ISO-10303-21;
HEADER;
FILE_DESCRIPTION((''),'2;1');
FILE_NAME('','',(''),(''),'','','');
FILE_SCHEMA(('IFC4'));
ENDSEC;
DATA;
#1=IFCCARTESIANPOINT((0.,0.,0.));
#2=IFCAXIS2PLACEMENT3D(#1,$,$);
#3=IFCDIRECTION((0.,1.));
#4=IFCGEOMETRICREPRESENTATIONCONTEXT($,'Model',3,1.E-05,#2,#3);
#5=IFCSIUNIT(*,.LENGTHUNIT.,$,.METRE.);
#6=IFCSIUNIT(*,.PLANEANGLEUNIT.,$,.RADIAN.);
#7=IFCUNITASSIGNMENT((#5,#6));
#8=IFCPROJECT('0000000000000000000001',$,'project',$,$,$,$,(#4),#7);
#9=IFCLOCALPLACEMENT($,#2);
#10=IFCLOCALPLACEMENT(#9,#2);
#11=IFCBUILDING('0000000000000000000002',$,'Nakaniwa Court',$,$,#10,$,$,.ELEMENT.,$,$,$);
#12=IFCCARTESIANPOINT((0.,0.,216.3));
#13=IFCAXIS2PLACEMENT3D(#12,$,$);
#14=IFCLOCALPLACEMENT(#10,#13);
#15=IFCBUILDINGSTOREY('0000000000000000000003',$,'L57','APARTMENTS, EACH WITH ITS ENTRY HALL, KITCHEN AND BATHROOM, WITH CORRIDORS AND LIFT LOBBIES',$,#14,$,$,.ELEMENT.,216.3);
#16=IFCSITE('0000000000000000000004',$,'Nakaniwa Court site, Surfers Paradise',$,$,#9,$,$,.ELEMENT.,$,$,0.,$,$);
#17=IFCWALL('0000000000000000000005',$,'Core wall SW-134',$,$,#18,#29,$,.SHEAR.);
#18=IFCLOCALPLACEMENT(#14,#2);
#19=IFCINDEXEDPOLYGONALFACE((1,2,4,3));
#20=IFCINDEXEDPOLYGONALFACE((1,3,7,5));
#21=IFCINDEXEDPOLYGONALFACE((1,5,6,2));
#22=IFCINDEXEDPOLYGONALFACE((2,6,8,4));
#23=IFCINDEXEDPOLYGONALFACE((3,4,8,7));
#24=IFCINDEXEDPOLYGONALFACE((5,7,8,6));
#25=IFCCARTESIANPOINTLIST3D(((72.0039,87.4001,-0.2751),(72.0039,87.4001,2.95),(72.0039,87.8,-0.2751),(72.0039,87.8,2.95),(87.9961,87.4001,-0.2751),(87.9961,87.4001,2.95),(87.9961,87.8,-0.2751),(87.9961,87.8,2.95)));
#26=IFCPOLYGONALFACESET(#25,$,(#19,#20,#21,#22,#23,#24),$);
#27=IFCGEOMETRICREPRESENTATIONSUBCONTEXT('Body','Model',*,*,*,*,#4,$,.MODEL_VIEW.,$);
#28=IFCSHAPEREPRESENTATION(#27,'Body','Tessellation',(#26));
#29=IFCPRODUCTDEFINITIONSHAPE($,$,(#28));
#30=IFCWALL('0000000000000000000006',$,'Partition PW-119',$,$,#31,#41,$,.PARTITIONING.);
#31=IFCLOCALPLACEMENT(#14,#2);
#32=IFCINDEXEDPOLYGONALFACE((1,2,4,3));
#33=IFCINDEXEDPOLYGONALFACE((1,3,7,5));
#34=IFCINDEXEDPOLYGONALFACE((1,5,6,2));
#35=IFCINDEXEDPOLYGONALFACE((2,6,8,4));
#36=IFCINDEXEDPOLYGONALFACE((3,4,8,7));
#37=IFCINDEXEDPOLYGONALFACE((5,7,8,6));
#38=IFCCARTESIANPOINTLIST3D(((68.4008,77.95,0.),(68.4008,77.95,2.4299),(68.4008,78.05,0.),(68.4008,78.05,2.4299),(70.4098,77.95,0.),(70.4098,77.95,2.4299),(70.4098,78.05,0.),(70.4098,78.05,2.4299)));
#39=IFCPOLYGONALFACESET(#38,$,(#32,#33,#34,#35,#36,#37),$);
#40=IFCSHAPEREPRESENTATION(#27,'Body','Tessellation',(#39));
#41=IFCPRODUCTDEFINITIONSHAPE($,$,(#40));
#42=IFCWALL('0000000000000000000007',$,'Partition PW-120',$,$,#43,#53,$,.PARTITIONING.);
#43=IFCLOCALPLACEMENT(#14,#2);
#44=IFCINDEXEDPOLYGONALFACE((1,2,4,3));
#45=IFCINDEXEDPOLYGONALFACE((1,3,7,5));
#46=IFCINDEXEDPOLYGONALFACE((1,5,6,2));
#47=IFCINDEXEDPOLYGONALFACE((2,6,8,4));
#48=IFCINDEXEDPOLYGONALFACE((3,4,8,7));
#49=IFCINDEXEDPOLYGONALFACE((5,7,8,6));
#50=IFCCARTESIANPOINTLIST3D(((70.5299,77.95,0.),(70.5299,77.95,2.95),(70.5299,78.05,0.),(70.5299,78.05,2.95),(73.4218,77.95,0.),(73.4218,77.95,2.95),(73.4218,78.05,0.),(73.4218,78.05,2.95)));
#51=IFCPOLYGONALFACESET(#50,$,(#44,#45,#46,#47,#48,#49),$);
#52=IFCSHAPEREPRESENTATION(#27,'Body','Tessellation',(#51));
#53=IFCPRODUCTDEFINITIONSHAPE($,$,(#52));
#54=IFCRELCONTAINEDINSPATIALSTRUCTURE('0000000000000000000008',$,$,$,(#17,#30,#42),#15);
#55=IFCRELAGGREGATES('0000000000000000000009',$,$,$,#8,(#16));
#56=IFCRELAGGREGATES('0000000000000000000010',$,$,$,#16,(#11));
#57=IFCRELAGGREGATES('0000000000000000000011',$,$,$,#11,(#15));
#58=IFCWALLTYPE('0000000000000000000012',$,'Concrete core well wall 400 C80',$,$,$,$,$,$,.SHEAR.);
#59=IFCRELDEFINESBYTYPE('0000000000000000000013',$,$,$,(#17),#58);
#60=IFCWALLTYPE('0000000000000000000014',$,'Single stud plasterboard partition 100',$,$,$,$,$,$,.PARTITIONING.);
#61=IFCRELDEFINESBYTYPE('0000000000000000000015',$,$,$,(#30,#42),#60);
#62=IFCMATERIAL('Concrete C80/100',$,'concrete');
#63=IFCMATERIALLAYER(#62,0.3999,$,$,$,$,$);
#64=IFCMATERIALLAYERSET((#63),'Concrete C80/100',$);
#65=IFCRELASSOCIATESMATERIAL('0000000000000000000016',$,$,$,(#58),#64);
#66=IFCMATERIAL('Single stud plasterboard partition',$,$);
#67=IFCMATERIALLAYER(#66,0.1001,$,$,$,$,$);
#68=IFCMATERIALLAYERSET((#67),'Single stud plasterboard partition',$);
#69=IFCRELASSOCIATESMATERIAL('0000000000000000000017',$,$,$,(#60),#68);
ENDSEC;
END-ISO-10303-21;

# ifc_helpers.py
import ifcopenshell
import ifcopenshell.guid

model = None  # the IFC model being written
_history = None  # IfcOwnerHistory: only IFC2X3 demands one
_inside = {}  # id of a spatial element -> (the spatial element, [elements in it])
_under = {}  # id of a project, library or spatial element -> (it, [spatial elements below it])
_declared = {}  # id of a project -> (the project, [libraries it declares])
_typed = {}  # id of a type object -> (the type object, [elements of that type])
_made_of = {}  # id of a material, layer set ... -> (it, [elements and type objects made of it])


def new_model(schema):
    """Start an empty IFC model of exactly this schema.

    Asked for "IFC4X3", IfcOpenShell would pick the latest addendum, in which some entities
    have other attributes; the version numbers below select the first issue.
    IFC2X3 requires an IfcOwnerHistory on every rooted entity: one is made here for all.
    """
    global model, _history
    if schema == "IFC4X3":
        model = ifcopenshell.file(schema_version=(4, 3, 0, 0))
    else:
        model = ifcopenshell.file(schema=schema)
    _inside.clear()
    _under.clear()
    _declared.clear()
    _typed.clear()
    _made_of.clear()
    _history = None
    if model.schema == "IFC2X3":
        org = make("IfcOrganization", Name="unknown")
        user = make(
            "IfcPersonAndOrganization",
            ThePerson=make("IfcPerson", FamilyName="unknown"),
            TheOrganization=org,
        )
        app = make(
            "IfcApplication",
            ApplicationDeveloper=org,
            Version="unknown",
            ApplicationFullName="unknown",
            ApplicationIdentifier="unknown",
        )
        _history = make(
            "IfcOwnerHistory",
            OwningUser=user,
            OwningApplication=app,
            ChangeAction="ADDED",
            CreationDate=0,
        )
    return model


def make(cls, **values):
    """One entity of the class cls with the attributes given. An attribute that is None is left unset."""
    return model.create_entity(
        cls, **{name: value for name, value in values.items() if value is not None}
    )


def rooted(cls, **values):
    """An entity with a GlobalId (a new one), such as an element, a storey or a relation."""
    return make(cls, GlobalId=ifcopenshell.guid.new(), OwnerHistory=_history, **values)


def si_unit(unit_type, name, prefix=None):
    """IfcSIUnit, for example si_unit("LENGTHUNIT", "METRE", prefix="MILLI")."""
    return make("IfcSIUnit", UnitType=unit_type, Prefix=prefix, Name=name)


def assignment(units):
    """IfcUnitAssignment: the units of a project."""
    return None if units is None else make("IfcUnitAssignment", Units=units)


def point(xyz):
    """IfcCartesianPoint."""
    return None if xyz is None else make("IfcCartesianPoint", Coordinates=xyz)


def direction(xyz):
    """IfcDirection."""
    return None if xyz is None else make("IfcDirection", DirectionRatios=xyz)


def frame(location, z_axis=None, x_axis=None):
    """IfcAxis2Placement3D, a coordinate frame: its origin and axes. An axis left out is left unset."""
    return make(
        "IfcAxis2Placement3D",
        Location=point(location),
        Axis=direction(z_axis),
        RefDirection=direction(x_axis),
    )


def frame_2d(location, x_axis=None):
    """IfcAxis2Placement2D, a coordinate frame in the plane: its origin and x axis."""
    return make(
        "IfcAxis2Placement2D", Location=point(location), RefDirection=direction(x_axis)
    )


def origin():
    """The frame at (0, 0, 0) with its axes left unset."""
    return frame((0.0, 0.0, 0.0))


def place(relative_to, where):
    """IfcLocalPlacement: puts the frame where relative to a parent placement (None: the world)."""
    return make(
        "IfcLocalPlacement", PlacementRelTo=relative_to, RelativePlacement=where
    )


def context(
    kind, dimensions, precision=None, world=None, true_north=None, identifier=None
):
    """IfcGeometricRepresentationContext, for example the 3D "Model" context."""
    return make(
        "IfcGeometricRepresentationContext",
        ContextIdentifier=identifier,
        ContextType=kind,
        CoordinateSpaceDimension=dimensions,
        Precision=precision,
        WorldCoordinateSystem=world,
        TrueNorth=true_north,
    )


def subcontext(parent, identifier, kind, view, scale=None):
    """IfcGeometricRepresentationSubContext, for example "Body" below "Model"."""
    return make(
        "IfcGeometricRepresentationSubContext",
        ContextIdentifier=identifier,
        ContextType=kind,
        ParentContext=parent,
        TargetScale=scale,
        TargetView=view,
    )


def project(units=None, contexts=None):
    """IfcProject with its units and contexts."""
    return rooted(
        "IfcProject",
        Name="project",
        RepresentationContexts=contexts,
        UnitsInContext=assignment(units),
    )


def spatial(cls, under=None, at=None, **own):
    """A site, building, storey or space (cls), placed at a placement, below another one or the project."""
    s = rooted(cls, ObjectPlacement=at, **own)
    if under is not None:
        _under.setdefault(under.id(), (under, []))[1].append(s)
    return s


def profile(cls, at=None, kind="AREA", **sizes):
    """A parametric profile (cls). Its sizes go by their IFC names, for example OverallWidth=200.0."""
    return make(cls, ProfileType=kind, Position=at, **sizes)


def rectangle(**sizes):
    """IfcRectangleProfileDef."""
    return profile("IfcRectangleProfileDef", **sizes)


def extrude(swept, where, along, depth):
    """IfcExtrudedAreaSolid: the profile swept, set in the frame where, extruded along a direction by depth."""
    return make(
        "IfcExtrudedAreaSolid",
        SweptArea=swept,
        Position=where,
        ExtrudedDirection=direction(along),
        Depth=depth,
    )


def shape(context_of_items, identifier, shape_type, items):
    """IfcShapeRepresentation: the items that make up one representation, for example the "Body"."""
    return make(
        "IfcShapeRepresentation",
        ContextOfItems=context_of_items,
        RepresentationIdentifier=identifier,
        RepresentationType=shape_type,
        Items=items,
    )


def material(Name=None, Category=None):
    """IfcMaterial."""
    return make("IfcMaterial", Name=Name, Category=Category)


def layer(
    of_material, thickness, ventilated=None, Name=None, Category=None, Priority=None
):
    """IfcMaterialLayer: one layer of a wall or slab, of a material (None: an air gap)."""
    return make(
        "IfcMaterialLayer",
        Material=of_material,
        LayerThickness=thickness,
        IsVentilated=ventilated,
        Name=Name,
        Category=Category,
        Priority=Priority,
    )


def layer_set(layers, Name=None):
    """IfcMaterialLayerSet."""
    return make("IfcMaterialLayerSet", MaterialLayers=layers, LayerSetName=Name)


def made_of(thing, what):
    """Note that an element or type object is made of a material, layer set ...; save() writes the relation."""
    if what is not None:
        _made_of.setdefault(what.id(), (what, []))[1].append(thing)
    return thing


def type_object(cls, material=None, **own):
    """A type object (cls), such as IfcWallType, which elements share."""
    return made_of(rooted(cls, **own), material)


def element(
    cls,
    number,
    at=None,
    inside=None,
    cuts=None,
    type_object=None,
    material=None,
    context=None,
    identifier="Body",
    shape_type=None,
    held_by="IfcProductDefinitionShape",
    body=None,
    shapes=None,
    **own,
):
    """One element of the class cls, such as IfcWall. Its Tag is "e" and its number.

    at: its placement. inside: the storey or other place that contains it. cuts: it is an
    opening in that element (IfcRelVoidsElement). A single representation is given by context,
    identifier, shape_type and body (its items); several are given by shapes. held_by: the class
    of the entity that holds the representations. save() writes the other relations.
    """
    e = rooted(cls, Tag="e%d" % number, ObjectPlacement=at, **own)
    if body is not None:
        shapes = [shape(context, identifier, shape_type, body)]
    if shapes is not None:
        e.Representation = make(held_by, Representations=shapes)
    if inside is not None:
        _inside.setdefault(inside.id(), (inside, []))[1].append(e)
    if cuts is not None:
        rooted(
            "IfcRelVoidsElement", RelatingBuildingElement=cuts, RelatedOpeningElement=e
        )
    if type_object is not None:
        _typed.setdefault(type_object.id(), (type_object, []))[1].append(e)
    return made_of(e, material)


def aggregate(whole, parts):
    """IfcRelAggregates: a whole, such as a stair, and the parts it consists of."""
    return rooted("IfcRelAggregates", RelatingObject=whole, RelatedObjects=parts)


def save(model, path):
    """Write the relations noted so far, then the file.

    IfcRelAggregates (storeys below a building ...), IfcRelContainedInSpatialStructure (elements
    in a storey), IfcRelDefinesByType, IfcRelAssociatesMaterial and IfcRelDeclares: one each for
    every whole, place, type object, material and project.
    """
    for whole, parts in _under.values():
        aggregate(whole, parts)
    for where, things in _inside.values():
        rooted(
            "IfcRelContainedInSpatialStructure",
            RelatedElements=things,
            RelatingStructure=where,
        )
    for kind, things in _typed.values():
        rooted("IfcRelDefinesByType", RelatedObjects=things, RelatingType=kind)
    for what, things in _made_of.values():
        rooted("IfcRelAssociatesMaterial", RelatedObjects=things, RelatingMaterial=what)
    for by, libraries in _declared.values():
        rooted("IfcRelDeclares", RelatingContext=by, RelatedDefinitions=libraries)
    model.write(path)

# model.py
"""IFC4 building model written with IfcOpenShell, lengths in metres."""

from ifc_helpers import new_model, si_unit, direction, frame, frame_2d, origin, place, context, subcontext, project, spatial, rectangle, extrude, material, layer, layer_set, type_object, element, save


model = new_model("IFC4")

# Units and contexts
model_context = context("Model", 3, precision=1e-05, world=origin(), true_north=direction((0.0, 1.0)))
body_context = subcontext(model_context, "Body", "Model", "MODEL_VIEW")
ifc_project = project(units=[si_unit("LENGTHUNIT", "METRE"), si_unit("PLANEANGLEUNIT", "RADIAN")], contexts=[model_context])

# Site, building, storey
site_placement = place(None, origin())
site = spatial("IfcSite", under=ifc_project, at=site_placement, Name="Nakaniwa Court site, Surfers Paradise", CompositionType="ELEMENT", RefElevation=0.0)
building_placement = place(site_placement, origin())
building = spatial("IfcBuilding", under=site, at=building_placement, Name="Nakaniwa Court", CompositionType="ELEMENT")
storey_placement = place(building_placement, frame((0.0, 0.0, 216.3)))
storey = spatial("IfcBuildingStorey", under=building, at=storey_placement, Name="L57", Description="APARTMENTS, EACH WITH ITS ENTRY HALL, KITCHEN AND BATHROOM, WITH CORRIDORS AND LIFT LOBBIES", CompositionType="ELEMENT", Elevation=216.3)

# Shared definitions
ifc_material_1 = material(Name="Concrete C80/100", Category="concrete")

# Walls
ifc_layer_1 = layer(ifc_material_1, 0.3999)
ifc_layer_set_1 = layer_set([ifc_layer_1], Name="Concrete C80/100")
wall_type_1 = type_object("IfcWallType", Name="Concrete core well wall 400 C80", PredefinedType="SHEAR", material=ifc_layer_set_1)
wall_1_placement = place(storey_placement, frame((72.0039, 87.6001, -0.2751), z_axis=(0.0, 0.0, 1.0), x_axis=(1.0, 0.0, 0.0)))
element("IfcWall", 1, at=wall_1_placement, inside=storey, type_object=wall_type_1, Name="Core wall SW-134", PredefinedType="SHEAR", context=body_context, shape_type="SweptSolid", body=[
    extrude(rectangle(XDim=15.9922, YDim=0.3999, at=frame_2d((7.9961, 0.0))), origin(), (0.0, 0.0, 1.0), 3.2251),
])
ifc_material_2 = material(Name="Single stud plasterboard partition")
ifc_layer_2 = layer(ifc_material_2, 0.1001)
ifc_layer_set_2 = layer_set([ifc_layer_2], Name="Single stud plasterboard partition")
wall_type_2 = type_object("IfcWallType", Name="Single stud plasterboard partition 100", PredefinedType="PARTITIONING", material=ifc_layer_set_2)
wall_2_placement = place(storey_placement, frame((68.4009, 78.0, 0.0), z_axis=(0.0, 0.0, 1.0), x_axis=(1.0, 0.0, 0.0)))
element("IfcWall", 2, at=wall_2_placement, inside=storey, type_object=wall_type_2, Name="Partition PW-119", PredefinedType="PARTITIONING", context=body_context, shape_type="SweptSolid", body=[
    extrude(rectangle(XDim=2.009, YDim=0.1001, at=frame_2d((1.0044, 0.0))), origin(), (0.0, 0.0, 1.0), 2.4299),
])
wall_3_placement = place(storey_placement, frame((70.53, 78.0, 0.0), z_axis=(0.0, 0.0, 1.0), x_axis=(1.0, 0.0, 0.0)))
element("IfcWall", 3, at=wall_3_placement, inside=storey, type_object=wall_type_2, Name="Partition PW-120", PredefinedType="PARTITIONING", context=body_context, shape_type="SweptSolid", body=[
    extrude(rectangle(XDim=2.8918, YDim=0.1001, at=frame_2d((1.4458, 0.0))), origin(), (0.0, 0.0, 1.0), 2.95),
])

save(model, "model.ifc")
